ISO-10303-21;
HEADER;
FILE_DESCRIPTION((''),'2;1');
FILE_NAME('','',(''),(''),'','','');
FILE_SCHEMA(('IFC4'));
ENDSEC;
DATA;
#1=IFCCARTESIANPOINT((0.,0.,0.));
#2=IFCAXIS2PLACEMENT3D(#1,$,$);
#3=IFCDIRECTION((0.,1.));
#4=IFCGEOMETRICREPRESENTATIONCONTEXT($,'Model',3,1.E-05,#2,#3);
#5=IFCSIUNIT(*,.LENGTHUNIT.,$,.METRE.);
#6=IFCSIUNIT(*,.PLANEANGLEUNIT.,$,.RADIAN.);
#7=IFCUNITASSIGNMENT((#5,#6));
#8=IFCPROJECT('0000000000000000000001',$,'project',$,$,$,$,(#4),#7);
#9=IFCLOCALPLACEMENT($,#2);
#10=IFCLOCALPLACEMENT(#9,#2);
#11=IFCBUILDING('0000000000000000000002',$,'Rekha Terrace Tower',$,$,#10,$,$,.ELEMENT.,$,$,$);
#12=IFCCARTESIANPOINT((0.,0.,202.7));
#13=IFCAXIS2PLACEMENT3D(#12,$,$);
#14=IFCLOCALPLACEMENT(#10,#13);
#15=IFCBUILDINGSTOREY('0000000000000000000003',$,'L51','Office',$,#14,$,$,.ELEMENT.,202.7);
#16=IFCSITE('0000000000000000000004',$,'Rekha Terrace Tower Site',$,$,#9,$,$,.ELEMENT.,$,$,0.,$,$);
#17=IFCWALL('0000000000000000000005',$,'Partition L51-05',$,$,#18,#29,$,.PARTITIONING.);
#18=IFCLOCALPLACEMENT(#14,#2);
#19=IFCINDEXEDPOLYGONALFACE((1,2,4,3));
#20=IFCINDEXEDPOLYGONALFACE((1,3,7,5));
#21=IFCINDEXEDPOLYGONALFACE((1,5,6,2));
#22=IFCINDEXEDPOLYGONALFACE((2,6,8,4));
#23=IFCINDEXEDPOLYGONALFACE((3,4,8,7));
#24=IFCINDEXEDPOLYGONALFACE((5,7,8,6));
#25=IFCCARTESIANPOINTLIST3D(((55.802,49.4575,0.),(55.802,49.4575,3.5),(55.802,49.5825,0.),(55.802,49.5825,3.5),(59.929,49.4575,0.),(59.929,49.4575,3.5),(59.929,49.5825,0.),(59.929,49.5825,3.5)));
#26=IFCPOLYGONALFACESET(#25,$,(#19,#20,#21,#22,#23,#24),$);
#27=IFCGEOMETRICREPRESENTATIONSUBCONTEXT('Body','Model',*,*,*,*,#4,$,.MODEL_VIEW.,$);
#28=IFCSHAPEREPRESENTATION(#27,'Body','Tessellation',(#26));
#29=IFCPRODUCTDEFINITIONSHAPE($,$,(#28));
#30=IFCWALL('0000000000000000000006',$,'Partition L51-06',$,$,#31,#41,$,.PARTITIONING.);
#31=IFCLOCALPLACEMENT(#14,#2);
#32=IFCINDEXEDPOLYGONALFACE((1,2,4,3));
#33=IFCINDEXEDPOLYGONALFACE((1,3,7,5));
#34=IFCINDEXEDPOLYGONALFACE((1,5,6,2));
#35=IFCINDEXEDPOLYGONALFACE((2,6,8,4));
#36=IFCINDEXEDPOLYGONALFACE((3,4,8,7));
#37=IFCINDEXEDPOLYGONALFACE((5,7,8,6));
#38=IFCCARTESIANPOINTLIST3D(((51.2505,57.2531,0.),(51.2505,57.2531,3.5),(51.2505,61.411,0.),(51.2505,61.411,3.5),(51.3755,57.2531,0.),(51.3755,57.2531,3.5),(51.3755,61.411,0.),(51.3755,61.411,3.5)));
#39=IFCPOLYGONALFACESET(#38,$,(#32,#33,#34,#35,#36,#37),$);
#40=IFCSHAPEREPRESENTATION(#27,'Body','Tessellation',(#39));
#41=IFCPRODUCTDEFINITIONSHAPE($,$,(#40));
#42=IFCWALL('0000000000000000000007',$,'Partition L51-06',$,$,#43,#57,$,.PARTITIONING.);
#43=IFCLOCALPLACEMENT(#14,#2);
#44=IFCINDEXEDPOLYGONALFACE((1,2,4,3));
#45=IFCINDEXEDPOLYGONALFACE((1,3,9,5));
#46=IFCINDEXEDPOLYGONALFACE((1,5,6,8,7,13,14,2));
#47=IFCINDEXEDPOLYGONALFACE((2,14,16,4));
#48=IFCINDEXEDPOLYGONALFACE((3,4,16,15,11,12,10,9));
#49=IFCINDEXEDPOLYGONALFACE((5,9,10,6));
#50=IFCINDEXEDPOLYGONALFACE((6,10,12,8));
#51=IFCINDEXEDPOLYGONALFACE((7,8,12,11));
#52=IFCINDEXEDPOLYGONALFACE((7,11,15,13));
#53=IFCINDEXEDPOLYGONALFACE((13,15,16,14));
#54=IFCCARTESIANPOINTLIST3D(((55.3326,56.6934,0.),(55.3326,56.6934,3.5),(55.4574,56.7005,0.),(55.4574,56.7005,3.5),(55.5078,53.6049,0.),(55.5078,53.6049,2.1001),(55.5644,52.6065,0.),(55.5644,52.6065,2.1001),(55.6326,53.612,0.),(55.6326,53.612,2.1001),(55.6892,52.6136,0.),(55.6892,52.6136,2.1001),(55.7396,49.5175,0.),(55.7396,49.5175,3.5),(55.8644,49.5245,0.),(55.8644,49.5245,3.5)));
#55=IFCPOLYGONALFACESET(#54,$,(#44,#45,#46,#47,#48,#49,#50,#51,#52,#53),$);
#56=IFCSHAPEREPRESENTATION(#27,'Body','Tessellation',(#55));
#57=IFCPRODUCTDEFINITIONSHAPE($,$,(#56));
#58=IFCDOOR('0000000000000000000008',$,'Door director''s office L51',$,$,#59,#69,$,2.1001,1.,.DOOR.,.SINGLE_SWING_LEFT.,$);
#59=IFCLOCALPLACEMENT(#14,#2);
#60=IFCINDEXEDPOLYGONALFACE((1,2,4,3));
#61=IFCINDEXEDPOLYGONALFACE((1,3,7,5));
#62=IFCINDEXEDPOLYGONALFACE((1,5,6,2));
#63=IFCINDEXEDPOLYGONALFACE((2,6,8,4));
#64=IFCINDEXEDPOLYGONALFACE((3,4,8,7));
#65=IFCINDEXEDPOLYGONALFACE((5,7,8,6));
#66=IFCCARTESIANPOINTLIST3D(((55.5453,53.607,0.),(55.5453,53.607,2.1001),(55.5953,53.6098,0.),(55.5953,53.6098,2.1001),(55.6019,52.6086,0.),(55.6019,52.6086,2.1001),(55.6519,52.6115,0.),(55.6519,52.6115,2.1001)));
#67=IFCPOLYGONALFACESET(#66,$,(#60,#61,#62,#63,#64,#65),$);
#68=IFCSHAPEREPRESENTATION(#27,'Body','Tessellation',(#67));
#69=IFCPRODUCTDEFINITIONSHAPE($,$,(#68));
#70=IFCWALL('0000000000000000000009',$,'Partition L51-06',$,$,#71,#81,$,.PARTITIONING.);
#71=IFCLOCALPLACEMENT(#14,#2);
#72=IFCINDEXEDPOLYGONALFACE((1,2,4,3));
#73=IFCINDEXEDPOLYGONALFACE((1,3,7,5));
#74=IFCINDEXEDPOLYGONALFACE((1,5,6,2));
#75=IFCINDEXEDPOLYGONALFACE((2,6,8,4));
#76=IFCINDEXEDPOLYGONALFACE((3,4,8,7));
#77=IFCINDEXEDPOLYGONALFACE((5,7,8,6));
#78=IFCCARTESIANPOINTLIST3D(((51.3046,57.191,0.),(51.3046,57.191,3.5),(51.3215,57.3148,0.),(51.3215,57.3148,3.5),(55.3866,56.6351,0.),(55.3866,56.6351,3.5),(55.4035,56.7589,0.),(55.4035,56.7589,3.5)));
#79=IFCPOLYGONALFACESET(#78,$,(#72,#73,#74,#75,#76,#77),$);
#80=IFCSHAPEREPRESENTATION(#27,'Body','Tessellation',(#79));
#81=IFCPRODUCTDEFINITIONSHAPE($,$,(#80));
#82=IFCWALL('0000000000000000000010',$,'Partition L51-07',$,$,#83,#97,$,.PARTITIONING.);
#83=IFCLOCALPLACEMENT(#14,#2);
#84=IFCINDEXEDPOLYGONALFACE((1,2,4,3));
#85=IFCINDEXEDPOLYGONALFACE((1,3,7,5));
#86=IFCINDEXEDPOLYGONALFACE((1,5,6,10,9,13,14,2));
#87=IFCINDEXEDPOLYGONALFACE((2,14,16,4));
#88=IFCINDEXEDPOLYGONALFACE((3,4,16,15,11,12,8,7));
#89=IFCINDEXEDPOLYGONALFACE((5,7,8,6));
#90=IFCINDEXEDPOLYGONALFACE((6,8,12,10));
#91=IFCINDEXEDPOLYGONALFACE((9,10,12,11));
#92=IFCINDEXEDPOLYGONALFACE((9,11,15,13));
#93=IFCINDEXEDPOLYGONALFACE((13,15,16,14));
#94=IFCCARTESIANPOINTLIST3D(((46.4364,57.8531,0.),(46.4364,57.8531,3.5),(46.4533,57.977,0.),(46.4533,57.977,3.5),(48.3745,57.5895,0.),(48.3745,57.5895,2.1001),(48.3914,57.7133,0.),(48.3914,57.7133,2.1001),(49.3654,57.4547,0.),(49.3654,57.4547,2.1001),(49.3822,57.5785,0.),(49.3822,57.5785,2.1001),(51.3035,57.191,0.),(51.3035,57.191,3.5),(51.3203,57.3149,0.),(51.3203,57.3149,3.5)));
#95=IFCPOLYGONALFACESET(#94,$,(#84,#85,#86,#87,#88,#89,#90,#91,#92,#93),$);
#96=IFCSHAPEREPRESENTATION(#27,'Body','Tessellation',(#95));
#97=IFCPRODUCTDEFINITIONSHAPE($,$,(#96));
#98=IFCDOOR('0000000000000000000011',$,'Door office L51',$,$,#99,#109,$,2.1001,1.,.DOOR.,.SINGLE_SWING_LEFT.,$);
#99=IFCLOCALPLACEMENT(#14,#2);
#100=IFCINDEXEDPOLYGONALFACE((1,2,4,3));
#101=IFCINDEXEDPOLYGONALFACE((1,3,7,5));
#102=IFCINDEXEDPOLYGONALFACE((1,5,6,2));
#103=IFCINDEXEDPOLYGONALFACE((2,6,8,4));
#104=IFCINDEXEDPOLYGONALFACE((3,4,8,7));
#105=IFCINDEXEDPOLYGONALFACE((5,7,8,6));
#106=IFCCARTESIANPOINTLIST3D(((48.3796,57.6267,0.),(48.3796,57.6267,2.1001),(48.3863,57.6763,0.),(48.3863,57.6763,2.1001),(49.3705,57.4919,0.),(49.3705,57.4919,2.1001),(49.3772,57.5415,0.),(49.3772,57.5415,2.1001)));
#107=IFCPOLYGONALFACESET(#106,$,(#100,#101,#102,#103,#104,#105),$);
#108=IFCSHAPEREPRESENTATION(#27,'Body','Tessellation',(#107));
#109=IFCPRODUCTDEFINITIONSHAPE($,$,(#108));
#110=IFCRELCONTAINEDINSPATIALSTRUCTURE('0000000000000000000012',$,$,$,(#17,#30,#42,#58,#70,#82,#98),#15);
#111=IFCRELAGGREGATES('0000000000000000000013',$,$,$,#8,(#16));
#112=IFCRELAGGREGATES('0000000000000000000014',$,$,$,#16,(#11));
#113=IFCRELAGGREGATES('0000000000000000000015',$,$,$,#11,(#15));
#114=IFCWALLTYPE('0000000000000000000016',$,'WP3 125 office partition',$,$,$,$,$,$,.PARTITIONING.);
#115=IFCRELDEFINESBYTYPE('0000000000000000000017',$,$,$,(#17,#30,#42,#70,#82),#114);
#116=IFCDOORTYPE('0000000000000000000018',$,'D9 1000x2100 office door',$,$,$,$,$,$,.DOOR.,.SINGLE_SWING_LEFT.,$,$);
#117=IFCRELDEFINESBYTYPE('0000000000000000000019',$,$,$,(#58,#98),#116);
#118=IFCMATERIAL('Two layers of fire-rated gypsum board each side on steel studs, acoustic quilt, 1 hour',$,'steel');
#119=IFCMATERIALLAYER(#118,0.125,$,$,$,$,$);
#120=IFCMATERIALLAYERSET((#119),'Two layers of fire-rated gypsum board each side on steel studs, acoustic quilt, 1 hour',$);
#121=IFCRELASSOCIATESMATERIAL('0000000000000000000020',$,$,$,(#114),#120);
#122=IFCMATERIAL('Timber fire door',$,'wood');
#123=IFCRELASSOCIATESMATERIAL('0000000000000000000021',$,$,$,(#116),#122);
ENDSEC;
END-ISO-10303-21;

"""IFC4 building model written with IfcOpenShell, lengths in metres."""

from ifc_helpers import new_model, si_unit, direction, frame, frame_2d, origin, place, context, subcontext, project, spatial, rectangle, extrude, material, layer, layer_set, type_object, element, fill, save


model = new_model("IFC4")

# Units and contexts
model_context = context("Model", 3, precision=1e-05, world=origin(), true_north=direction((0.0, 1.0)))
body_context = subcontext(model_context, "Body", "Model", "MODEL_VIEW")
ifc_project = project(units=[si_unit("LENGTHUNIT", "METRE"), si_unit("PLANEANGLEUNIT", "RADIAN")], contexts=[model_context])

# Site, building, storey
site_placement = place(None, origin())
site = spatial("IfcSite", under=ifc_project, at=site_placement, Name="Rekha Terrace Tower Site", CompositionType="ELEMENT", RefElevation=0.0)
building_placement = place(site_placement, origin())
building = spatial("IfcBuilding", under=site, at=building_placement, Name="Rekha Terrace Tower", CompositionType="ELEMENT")
storey_placement = place(building_placement, frame((0.0, 0.0, 202.7)))
storey = spatial("IfcBuildingStorey", under=building, at=storey_placement, Name="L51", Description="Office", CompositionType="ELEMENT", Elevation=202.7)

# Walls
ifc_material_1 = material(Name="Two layers of fire-rated gypsum board each side on steel studs, acoustic quilt, 1 hour", Category="steel")
ifc_layer_1 = layer(ifc_material_1, 0.125)
ifc_layer_set_1 = layer_set([ifc_layer_1], Name="Two layers of fire-rated gypsum board each side on steel studs, acoustic quilt, 1 hour")
wall_type_1 = type_object("IfcWallType", Name="WP3 125 office partition", PredefinedType="PARTITIONING", material=ifc_layer_set_1)
wall_1_placement = place(storey_placement, frame((55.802, 49.52, 0.0), z_axis=(0.0, 0.0, 1.0), x_axis=(1.0, 0.0, 0.0)))
element("IfcWall", 1, at=wall_1_placement, inside=storey, type_object=wall_type_1, Name="Partition L51-05", PredefinedType="PARTITIONING", context=body_context, shape_type="SweptSolid", body=[
    extrude(rectangle(XDim=4.127, YDim=0.125, at=frame_2d((2.0635, 0.0))), origin(), (0.0, 0.0, 1.0), 3.5),
])
wall_2_placement = place(storey_placement, frame((51.313, 57.2529, 0.0), z_axis=(0.0, 0.0, 1.0), x_axis=(0.0, 1.0, 0.0)))
element("IfcWall", 2, at=wall_2_placement, inside=storey, type_object=wall_type_1, Name="Partition L51-06", PredefinedType="PARTITIONING", context=body_context, shape_type="SweptSolid", body=[
    extrude(rectangle(XDim=4.158, YDim=0.125, at=frame_2d((2.0791, 0.0))), origin(), (0.0, 0.0, 1.0), 3.5),
])

# Wall, opening, door
wall_3_placement = place(storey_placement, frame((55.802, 49.521, 0.0), z_axis=(0.0, 0.0, 1.0), x_axis=(-0.056623, 0.998396, 0.0)))
wall_3 = element("IfcWall", 3, at=wall_3_placement, inside=storey, type_object=wall_type_1, Name="Partition L51-06", PredefinedType="PARTITIONING", context=body_context, shape_type="SweptSolid", body=[
    extrude(rectangle(XDim=7.1875, YDim=0.125, at=frame_2d((3.5938, 0.0))), origin(), (0.0, 0.0, 1.0), 3.5),
])
opening_1_placement = place(wall_3_placement, frame((3.094, 0.0, 0.0)))
opening_1 = element("IfcOpeningElement", 4, at=opening_1_placement, cuts=wall_3, PredefinedType="OPENING", context=body_context, shape_type="SweptSolid", body=[
    extrude(rectangle(XDim=1.0, YDim=2.1001, at=frame_2d((0.5, 1.05))), frame((0.0, 0.0725, 0.0), z_axis=(0.0, -1.0, 0.0), x_axis=(1.0, 0.0, 0.0)), (0.0, 0.0, 1.0), 0.145),
])
ifc_material_2 = material(Name="Timber fire door", Category="wood")
door_type = type_object("IfcDoorType", Name="D9 1000x2100 office door", OperationType="SINGLE_SWING_LEFT", PredefinedType="DOOR", material=ifc_material_2)
door_1_placement = place(opening_1_placement, origin())
door_1 = element("IfcDoor", 5, at=door_1_placement, inside=storey, type_object=door_type, Name="Door director's office L51", OperationType="SINGLE_SWING_LEFT", OverallHeight=2.1001, OverallWidth=1.0, PredefinedType="DOOR", context=body_context, shape_type="SweptSolid", body=[
    extrude(rectangle(XDim=1.0, YDim=2.1001, at=frame_2d((0.5, 1.05))), frame((0.0, 0.0249, 0.0), z_axis=(0.0, -1.0, 0.0), x_axis=(1.0, 0.0, 0.0)), (0.0, 0.0, 1.0), 0.05),
])
fill(opening_1, door_1)

# Wall
wall_4_placement = place(storey_placement, frame((55.395, 56.697, 0.0), z_axis=(0.0, 0.0, 1.0), x_axis=(-0.990854, 0.134939, 0.0)))
element("IfcWall", 6, at=wall_4_placement, inside=storey, type_object=wall_type_1, Name="Partition L51-06", PredefinedType="PARTITIONING", context=body_context, shape_type="SweptSolid", body=[
    extrude(rectangle(XDim=4.1196, YDim=0.125, at=frame_2d((2.0598, 0.0))), origin(), (0.0, 0.0, 1.0), 3.5),
])

# Wall, opening, door
wall_5_placement = place(storey_placement, frame((51.312, 57.2529, 0.0), z_axis=(0.0, 0.0, 1.0), x_axis=(-0.990873, 0.1348, 0.0)))
wall_5 = element("IfcWall", 7, at=wall_5_placement, inside=storey, type_object=wall_type_1, Name="Partition L51-07", PredefinedType="PARTITIONING", context=body_context, shape_type="SweptSolid", body=[
    extrude(rectangle(XDim=4.9119, YDim=0.125, at=frame_2d((2.4561, 0.0))), origin(), (0.0, 0.0, 1.0), 3.5),
])
opening_2_placement = place(wall_5_placement, frame((1.9561, 0.0, 0.0)))
opening_2 = element("IfcOpeningElement", 8, at=opening_2_placement, cuts=wall_5, PredefinedType="OPENING", context=body_context, shape_type="SweptSolid", body=[
    extrude(rectangle(XDim=1.0, YDim=2.1001, at=frame_2d((0.5, 1.05))), frame((0.0, 0.0725, 0.0), z_axis=(0.0, -1.0, 0.0), x_axis=(1.0, 0.0, 0.0)), (0.0, 0.0, 1.0), 0.145),
])
door_2_placement = place(opening_2_placement, origin())
door_2 = element("IfcDoor", 9, at=door_2_placement, inside=storey, type_object=door_type, Name="Door office L51", OperationType="SINGLE_SWING_LEFT", OverallHeight=2.1001, OverallWidth=1.0, PredefinedType="DOOR", context=body_context, shape_type="SweptSolid", body=[
    extrude(rectangle(XDim=1.0, YDim=2.1001, at=frame_2d((0.5, 1.05))), frame((0.0, 0.0249, 0.0), z_axis=(0.0, -1.0, 0.0), x_axis=(1.0, 0.0, 0.0)), (0.0, 0.0, 1.0), 0.05),
])
fill(opening_2, door_2)

save(model, "model.ifc")
